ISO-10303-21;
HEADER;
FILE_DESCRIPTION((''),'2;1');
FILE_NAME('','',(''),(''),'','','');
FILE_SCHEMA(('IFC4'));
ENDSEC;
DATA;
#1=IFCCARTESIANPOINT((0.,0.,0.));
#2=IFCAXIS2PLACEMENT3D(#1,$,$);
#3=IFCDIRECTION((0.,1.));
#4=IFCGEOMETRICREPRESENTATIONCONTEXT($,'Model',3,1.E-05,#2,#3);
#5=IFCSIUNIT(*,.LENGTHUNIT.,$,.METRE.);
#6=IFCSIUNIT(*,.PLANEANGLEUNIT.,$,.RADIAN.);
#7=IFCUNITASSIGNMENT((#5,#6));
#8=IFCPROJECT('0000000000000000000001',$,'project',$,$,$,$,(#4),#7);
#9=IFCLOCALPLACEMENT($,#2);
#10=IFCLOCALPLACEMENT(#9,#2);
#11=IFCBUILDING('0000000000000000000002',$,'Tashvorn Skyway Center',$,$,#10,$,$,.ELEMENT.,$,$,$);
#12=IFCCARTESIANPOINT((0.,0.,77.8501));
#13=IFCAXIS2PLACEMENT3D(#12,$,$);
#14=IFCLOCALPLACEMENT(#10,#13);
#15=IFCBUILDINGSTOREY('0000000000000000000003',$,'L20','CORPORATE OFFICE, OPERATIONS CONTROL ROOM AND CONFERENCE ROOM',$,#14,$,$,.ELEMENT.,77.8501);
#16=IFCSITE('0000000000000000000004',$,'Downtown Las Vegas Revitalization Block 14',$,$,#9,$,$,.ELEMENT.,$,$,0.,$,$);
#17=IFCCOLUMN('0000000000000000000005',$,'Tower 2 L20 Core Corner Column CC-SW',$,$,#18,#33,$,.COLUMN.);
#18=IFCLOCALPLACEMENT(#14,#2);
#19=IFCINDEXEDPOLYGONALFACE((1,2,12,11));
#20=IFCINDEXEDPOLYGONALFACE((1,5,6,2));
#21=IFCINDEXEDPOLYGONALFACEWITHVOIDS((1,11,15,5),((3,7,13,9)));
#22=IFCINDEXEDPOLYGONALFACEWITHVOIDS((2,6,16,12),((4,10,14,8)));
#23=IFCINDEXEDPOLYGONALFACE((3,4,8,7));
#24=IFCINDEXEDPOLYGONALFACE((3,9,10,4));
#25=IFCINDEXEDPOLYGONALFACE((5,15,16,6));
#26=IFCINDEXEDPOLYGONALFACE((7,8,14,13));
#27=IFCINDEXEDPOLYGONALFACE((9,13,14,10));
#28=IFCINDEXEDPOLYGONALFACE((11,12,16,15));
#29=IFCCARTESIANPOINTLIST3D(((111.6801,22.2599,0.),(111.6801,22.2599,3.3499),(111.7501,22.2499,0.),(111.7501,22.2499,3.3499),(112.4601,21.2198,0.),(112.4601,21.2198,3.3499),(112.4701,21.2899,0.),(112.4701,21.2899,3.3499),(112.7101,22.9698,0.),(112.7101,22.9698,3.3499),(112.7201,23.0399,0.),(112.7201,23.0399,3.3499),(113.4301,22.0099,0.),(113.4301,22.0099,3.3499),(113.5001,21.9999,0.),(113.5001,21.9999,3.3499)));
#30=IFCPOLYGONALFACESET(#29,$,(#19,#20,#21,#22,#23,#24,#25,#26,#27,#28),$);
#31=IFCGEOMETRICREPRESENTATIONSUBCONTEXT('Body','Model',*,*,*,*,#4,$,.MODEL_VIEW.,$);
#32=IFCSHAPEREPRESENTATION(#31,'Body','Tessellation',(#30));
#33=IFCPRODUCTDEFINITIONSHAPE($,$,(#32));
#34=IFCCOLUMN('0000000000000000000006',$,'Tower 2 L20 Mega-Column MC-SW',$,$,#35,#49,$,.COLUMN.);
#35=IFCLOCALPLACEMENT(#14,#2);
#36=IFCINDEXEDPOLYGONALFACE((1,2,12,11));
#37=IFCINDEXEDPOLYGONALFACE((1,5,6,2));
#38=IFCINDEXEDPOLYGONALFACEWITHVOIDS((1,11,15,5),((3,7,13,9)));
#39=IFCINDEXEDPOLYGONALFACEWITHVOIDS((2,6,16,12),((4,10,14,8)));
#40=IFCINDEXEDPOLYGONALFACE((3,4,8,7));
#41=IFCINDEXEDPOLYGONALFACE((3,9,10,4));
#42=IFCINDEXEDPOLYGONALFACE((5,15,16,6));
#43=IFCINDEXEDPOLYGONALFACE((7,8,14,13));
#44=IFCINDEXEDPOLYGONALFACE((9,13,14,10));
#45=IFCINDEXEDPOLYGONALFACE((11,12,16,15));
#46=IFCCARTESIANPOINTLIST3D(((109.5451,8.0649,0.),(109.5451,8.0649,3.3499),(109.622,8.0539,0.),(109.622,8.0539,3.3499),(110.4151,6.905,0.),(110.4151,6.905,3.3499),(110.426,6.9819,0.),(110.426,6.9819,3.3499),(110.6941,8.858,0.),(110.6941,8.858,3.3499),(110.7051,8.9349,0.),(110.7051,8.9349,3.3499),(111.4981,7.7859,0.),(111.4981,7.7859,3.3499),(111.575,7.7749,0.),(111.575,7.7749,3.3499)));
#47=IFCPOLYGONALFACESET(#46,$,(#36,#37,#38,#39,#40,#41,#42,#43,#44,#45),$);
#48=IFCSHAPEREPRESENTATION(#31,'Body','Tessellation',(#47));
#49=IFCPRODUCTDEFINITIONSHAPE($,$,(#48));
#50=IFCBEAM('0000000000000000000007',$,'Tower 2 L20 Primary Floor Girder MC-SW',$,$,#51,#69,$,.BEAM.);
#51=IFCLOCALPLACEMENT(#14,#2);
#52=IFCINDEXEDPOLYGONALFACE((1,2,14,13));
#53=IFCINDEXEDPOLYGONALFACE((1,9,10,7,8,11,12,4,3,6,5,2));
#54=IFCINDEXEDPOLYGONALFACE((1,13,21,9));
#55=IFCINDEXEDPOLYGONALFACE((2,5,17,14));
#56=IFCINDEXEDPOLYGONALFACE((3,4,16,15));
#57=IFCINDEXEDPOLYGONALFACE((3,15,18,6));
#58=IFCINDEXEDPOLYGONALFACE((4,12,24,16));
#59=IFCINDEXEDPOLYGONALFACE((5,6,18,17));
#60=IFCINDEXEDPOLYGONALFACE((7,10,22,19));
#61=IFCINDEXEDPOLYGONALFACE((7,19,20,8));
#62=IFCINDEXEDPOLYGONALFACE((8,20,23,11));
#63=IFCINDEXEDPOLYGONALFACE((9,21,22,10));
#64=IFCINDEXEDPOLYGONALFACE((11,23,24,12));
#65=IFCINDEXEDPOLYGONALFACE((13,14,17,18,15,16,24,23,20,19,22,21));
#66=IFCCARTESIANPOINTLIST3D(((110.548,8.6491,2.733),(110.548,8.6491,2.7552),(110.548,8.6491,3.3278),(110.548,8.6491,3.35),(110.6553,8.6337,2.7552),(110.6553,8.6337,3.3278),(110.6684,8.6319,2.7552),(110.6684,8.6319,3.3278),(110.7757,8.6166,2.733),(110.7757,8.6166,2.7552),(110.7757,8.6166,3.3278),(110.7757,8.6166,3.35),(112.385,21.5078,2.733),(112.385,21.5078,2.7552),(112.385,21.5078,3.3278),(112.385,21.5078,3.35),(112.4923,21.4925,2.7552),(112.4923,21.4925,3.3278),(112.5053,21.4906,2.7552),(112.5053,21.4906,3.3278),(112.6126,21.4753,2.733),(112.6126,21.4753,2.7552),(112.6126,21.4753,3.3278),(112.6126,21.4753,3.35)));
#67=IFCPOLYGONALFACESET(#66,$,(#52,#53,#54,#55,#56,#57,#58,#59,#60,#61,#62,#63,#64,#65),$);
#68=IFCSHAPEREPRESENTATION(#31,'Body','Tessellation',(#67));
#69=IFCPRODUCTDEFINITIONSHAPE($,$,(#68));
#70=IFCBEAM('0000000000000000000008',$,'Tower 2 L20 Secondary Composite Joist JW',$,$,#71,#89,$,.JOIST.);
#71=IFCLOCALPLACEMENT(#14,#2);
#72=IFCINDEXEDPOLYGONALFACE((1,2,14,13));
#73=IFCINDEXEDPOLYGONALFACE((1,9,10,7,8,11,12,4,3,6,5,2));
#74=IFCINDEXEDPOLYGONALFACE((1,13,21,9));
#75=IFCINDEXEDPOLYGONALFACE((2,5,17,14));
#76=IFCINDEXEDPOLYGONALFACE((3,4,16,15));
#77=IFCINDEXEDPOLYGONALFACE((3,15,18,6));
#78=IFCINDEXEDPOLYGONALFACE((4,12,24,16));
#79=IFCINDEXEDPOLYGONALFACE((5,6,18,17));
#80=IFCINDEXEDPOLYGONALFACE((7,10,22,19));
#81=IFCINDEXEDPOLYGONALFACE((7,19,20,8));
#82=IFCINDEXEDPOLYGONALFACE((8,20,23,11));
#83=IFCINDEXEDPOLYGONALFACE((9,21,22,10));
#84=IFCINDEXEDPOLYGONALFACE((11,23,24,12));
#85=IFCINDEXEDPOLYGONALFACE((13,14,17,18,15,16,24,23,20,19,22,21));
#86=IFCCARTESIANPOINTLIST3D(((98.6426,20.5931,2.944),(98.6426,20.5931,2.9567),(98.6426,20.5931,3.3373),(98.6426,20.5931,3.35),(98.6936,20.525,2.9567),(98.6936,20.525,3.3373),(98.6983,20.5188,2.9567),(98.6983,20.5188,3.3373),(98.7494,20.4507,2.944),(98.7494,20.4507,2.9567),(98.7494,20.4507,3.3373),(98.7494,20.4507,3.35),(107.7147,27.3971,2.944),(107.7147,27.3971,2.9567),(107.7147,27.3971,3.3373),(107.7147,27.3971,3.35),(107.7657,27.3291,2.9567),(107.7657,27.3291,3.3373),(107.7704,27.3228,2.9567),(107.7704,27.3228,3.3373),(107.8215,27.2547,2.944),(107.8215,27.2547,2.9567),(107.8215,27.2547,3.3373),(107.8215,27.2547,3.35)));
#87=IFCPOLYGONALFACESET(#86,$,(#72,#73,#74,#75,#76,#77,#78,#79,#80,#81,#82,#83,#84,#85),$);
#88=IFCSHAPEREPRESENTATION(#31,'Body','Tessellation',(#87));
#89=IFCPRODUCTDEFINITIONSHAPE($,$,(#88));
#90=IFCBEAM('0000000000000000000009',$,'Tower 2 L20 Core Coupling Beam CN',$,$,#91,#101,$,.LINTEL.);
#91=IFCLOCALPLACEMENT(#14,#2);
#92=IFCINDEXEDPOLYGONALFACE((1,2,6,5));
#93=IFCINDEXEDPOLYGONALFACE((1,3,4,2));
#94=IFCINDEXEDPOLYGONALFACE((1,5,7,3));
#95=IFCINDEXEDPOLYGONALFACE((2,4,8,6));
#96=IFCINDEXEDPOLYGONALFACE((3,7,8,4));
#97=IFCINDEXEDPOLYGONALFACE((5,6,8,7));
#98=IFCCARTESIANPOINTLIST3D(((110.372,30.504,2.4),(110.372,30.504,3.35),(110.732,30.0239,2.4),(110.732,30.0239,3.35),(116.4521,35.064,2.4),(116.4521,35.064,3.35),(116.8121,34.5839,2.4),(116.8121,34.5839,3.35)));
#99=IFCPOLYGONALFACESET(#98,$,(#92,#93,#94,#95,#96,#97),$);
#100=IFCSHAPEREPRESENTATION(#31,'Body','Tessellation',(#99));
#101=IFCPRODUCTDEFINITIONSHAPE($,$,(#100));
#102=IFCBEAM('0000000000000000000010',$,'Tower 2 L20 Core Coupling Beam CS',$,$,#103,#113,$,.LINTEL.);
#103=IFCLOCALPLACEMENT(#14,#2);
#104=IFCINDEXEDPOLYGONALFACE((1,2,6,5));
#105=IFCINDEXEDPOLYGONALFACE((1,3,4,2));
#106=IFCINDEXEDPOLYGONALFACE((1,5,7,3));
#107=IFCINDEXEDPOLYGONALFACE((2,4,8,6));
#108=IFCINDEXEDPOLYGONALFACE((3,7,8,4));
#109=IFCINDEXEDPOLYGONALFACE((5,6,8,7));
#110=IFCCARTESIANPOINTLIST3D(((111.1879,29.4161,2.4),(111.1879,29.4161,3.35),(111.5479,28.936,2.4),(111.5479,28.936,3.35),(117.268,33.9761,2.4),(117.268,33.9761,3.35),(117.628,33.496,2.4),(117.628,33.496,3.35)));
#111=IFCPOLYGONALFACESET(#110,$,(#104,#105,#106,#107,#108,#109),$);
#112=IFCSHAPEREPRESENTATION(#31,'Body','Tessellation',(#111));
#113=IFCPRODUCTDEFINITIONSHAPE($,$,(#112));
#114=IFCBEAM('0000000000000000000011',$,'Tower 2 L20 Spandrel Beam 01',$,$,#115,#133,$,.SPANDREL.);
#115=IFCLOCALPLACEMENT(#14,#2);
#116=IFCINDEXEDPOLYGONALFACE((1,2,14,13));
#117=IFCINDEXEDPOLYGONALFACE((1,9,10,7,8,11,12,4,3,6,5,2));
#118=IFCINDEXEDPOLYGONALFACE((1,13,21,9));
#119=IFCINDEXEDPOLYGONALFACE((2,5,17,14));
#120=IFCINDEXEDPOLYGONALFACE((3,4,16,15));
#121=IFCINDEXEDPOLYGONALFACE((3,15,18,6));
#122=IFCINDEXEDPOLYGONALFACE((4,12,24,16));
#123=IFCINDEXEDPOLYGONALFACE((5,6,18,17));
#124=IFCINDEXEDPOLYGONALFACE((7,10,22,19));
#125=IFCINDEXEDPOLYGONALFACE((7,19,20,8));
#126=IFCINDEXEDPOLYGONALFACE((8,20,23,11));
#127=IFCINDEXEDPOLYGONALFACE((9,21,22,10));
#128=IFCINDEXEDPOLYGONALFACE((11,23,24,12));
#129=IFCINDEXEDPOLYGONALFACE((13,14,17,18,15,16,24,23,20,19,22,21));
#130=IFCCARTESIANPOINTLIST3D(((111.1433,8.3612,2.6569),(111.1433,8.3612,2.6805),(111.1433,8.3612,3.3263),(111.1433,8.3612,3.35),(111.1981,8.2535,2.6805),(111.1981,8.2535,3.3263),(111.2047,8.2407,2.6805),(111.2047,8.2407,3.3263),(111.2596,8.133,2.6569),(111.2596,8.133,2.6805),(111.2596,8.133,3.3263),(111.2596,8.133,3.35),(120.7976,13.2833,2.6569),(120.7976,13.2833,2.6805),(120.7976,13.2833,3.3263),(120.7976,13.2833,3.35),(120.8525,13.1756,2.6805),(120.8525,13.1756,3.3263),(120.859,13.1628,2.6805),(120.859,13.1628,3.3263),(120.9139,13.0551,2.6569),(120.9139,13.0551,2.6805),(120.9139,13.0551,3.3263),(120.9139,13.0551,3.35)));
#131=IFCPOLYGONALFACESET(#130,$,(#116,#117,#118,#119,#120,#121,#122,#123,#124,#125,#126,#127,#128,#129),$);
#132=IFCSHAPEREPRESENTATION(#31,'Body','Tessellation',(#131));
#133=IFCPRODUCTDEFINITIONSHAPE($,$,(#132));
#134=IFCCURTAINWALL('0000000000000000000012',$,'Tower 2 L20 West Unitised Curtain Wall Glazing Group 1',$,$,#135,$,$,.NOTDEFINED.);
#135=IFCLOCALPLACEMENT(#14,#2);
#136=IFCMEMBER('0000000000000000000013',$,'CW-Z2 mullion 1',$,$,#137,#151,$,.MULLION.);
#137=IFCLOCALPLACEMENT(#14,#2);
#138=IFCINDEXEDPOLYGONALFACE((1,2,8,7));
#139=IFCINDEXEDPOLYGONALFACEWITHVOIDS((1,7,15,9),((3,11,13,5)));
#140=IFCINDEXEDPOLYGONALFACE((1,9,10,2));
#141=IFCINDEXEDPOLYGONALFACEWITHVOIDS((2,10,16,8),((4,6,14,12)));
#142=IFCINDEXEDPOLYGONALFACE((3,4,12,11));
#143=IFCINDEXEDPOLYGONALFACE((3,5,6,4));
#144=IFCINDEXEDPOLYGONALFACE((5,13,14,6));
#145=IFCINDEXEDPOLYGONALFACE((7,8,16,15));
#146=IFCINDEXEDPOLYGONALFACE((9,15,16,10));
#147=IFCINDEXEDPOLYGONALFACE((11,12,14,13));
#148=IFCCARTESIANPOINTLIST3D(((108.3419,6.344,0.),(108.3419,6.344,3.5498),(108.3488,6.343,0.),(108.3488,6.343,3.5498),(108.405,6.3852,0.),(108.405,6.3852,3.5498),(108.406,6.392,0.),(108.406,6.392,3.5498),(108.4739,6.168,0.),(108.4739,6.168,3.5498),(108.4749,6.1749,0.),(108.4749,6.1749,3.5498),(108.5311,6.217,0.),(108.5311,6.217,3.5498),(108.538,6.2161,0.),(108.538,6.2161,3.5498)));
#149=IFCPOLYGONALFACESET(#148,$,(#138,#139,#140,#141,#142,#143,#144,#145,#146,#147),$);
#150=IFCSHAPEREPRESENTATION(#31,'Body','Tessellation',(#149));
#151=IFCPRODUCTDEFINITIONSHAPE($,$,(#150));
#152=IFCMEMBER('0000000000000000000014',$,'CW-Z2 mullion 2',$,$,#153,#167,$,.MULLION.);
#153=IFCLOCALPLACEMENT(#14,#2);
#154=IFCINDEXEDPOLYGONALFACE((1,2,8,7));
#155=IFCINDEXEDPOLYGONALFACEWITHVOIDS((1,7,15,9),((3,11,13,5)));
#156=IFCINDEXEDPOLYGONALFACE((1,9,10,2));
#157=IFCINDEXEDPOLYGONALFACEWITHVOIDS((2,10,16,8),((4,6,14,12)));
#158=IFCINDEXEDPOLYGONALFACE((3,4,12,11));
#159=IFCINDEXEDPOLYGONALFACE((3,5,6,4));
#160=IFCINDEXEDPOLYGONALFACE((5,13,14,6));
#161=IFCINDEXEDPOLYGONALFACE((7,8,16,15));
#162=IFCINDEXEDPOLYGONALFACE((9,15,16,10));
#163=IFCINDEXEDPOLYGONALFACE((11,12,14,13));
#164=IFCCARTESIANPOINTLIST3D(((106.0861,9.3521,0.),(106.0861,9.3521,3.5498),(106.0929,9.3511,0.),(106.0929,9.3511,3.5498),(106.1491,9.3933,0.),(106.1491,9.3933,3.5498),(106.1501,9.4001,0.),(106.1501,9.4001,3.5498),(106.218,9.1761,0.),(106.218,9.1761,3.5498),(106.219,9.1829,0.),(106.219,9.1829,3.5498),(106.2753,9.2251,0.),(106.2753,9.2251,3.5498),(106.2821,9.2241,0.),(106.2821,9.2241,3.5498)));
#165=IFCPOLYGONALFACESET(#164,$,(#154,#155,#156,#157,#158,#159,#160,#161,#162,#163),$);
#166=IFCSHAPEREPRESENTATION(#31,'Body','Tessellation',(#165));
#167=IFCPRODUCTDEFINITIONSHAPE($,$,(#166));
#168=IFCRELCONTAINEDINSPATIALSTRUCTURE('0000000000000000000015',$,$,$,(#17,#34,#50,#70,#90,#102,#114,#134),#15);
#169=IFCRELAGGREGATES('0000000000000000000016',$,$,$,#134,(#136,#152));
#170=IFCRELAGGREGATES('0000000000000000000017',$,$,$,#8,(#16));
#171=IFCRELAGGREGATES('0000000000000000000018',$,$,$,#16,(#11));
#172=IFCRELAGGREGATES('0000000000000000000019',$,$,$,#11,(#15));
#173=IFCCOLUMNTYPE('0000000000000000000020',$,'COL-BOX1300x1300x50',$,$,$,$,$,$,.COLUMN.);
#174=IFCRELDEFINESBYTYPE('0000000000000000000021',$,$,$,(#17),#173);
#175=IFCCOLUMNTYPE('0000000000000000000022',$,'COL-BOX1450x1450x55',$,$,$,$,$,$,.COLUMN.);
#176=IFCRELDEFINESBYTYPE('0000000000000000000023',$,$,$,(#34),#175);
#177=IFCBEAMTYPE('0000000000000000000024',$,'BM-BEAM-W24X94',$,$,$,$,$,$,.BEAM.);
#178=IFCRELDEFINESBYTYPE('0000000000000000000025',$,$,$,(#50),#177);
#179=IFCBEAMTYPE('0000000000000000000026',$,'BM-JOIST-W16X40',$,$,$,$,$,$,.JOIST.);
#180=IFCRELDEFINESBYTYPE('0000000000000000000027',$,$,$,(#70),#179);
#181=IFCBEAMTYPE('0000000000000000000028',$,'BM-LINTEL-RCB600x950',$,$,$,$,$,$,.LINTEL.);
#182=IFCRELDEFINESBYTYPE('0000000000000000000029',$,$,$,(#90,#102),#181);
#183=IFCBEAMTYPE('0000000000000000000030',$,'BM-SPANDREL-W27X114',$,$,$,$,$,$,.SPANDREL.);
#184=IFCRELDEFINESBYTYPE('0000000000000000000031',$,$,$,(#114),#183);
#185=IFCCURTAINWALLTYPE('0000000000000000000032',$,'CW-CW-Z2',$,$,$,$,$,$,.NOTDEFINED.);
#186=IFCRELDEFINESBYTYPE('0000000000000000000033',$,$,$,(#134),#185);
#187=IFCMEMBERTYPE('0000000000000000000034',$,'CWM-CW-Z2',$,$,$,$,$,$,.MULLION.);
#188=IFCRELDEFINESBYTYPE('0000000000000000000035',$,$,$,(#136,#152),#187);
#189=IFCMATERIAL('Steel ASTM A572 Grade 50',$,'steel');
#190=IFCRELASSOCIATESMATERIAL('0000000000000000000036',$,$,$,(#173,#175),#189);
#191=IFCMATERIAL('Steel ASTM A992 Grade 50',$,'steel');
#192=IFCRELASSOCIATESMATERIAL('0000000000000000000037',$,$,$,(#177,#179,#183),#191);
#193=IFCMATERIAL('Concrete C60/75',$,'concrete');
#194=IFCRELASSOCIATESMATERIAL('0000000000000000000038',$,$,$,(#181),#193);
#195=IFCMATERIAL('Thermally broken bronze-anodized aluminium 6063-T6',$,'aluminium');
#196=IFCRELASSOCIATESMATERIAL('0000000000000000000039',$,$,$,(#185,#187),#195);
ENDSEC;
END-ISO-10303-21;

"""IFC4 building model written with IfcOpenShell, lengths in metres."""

from ifc_helpers import new_model, si_unit, direction, frame, origin, origin_2d, place, context, subcontext, project, spatial, rectangle, hollow_rectangle, i_section, extrude, material, material_profile, profile_set, type_object, element, aggregate, save


model = new_model("IFC4")

# Units and contexts
model_context = context("Model", 3, precision=1e-05, world=origin(), true_north=direction((0.0, 1.0)))
body_context = subcontext(model_context, "Body", "Model", "MODEL_VIEW")
ifc_project = project(units=[si_unit("LENGTHUNIT", "METRE"), si_unit("PLANEANGLEUNIT", "RADIAN")], contexts=[model_context])

# Site, building, storey
site_placement = place(None, origin())
site = spatial("IfcSite", under=ifc_project, at=site_placement, Name="Downtown Las Vegas Revitalization Block 14", CompositionType="ELEMENT", RefElevation=0.0)
building_placement = place(site_placement, origin())
building = spatial("IfcBuilding", under=site, at=building_placement, Name="Tashvorn Skyway Center", CompositionType="ELEMENT")
storey_placement = place(building_placement, frame((0.0, 0.0, 77.8501)))
storey = spatial("IfcBuildingStorey", under=building, at=storey_placement, Name="L20", Description="CORPORATE OFFICE, OPERATIONS CONTROL ROOM AND CONFERENCE ROOM", CompositionType="ELEMENT", Elevation=77.8501)

# Columns
ifc_material_1 = material(Name="Steel ASTM A572 Grade 50", Category="steel")
ifc_material_profile_1 = material_profile(ifc_material_1, hollow_rectangle(XDim=1.3, YDim=1.3, WallThickness=0.05, at=origin_2d()), Name="BOX1300x1300x50")
ifc_profile_set_1 = profile_set([ifc_material_profile_1], Name="Steel ASTM A572 Grade 50")
column_type_1 = type_object("IfcColumnType", Name="COL-BOX1300x1300x50", PredefinedType="COLUMN", material=ifc_profile_set_1)
column_1_placement = place(storey_placement, frame((112.5901, 22.1299, 0.0), z_axis=(0.0, 0.0, 1.0), x_axis=(0.8, 0.6, 0.0)))
element("IfcColumn", 1, at=column_1_placement, inside=storey, type_object=column_type_1, Name="Tower 2 L20 Core Corner Column CC-SW", PredefinedType="COLUMN", context=body_context, shape_type="SweptSolid", body=[
    extrude(hollow_rectangle(XDim=1.3, YDim=1.3, WallThickness=0.05, at=origin_2d()), origin(), (0.0, 0.0, 1.0), 3.3499),
])
ifc_material_profile_2 = material_profile(ifc_material_1, hollow_rectangle(XDim=1.45, YDim=1.45, WallThickness=0.0549, at=origin_2d()), Name="BOX1450x1450x55")
ifc_profile_set_2 = profile_set([ifc_material_profile_2], Name="Steel ASTM A572 Grade 50")
column_type_2 = type_object("IfcColumnType", Name="COL-BOX1450x1450x55", PredefinedType="COLUMN", material=ifc_profile_set_2)
column_2_placement = place(storey_placement, frame((110.5601, 7.9199, 0.0), z_axis=(0.0, 0.0, 1.0), x_axis=(0.8, 0.6, 0.0)))
element("IfcColumn", 2, at=column_2_placement, inside=storey, type_object=column_type_2, Name="Tower 2 L20 Mega-Column MC-SW", PredefinedType="COLUMN", context=body_context, shape_type="SweptSolid", body=[
    extrude(hollow_rectangle(XDim=1.45, YDim=1.45, WallThickness=0.0549, at=origin_2d()), origin(), (0.0, 0.0, 1.0), 3.3499),
])

# Beams
ifc_material_2 = material(Name="Steel ASTM A992 Grade 50", Category="steel")
ifc_material_profile_3 = material_profile(ifc_material_2, i_section(OverallWidth=0.23, OverallDepth=0.6169, WebThickness=0.0132, FlangeThickness=0.0222, at=origin_2d()), Name="W24X94")
ifc_profile_set_3 = profile_set([ifc_material_profile_3], Name="Steel ASTM A992 Grade 50")
beam_type_1 = type_object("IfcBeamType", Name="BM-BEAM-W24X94", PredefinedType="BEAM", material=ifc_profile_set_3)
beam_1_placement = place(storey_placement, frame((110.6619, 8.6328, 3.0415), z_axis=(0.141419, 0.98995, 0.0), x_axis=(-0.98995, 0.141419, 0.0)))
element("IfcBeam", 3, at=beam_1_placement, inside=storey, type_object=beam_type_1, Name="Tower 2 L20 Primary Floor Girder MC-SW", PredefinedType="BEAM", context=body_context, shape_type="SweptSolid", body=[
    extrude(i_section(OverallWidth=0.23, OverallDepth=0.6169, WebThickness=0.0132, FlangeThickness=0.0222, at=origin_2d()), origin(), (0.0, 0.0, 1.0), 12.9893),
])
ifc_material_profile_4 = material_profile(ifc_material_2, i_section(OverallWidth=0.178, OverallDepth=0.406, WebThickness=0.0078, FlangeThickness=0.0127, at=origin_2d()), Name="W16X40")
ifc_profile_set_4 = profile_set([ifc_material_profile_4], Name="Steel ASTM A992 Grade 50")
beam_type_2 = type_object("IfcBeamType", Name="BM-JOIST-W16X40", PredefinedType="JOIST", material=ifc_profile_set_4)
beam_2_placement = place(storey_placement, frame((107.7681, 27.3259, 3.147), z_axis=(-0.800003, -0.599997, 0.0), x_axis=(0.599997, -0.800003, 0.0)))
element("IfcBeam", 4, at=beam_2_placement, inside=storey, type_object=beam_type_2, Name="Tower 2 L20 Secondary Composite Joist JW", PredefinedType="JOIST", context=body_context, shape_type="SweptSolid", body=[
    extrude(i_section(OverallWidth=0.178, OverallDepth=0.406, WebThickness=0.0078, FlangeThickness=0.0127, at=origin_2d()), origin(), (0.0, 0.0, 1.0), 11.3401),
])
ifc_material_3 = material(Name="Concrete C60/75", Category="concrete")
ifc_material_profile_5 = material_profile(ifc_material_3, rectangle(XDim=0.6001, YDim=0.95, at=origin_2d()), Name="RCB600x950")
ifc_profile_set_5 = profile_set([ifc_material_profile_5], Name="Concrete C60/75")
beam_type_3 = type_object("IfcBeamType", Name="BM-LINTEL-RCB600x950", PredefinedType="LINTEL", material=ifc_profile_set_5)
for number, where, z_axis, x_axis, name in (
    (5, (110.552, 30.2639, 2.875), (0.8, 0.6, 0.0), (-0.6, 0.8, 0.0), "Tower 2 L20 Core Coupling Beam CN"),
    (6, (111.3679, 29.176, 2.875), (0.8, 0.6, 0.0), (-0.6, 0.8, 0.0), "Tower 2 L20 Core Coupling Beam CS"),
):
    element("IfcBeam", number, at=place(storey_placement, frame(where, z_axis=z_axis, x_axis=x_axis)), inside=storey, type_object=beam_type_3, Name=name, PredefinedType="LINTEL", context=body_context, shape_type="SweptSolid", body=[
        extrude(rectangle(XDim=0.6001, YDim=0.95, at=origin_2d()), origin(), (0.0, 0.0, 1.0), 7.6001),
    ])
ifc_material_profile_6 = material_profile(ifc_material_2, i_section(OverallWidth=0.2561, OverallDepth=0.6931, WebThickness=0.0144, FlangeThickness=0.0237, at=origin_2d()), Name="W27X114")
ifc_profile_set_6 = profile_set([ifc_material_profile_6], Name="Steel ASTM A992 Grade 50")
beam_type_4 = type_object("IfcBeamType", Name="BM-SPANDREL-W27X114", PredefinedType="SPANDREL", material=ifc_profile_set_6)
beam_3_placement = place(storey_placement, frame((111.2014, 8.2471, 3.0034), z_axis=(0.890894, 0.454211, 0.0), x_axis=(-0.454211, 0.890894, 0.0)))
element("IfcBeam", 7, at=beam_3_placement, inside=storey, type_object=beam_type_4, Name="Tower 2 L20 Spandrel Beam 01", PredefinedType="SPANDREL", context=body_context, shape_type="SweptSolid", body=[
    extrude(i_section(OverallWidth=0.2561, OverallDepth=0.6931, WebThickness=0.0144, FlangeThickness=0.0237, at=origin_2d()), origin(), (0.0, 0.0, 1.0), 10.8367),
])

# Curtain wall, members
ifc_material_4 = material(Name="Thermally broken bronze-anodized aluminium 6063-T6", Category="aluminium")
curtain_wall_type = type_object("IfcCurtainWallType", Name="CW-CW-Z2", PredefinedType="NOTDEFINED", material=ifc_material_4)
curtain_wall_placement = place(storey_placement, origin())
curtain_wall = element("IfcCurtainWall", 8, at=curtain_wall_placement, inside=storey, type_object=curtain_wall_type, Name="Tower 2 L20 West Unitised Curtain Wall Glazing Group 1", PredefinedType="NOTDEFINED")
ifc_material_profile_7 = material_profile(ifc_material_4, hollow_rectangle(XDim=0.0801, YDim=0.22, WallThickness=0.0049, at=origin_2d()), Name="ALU-MULL-80x220")
ifc_profile_set_7 = profile_set([ifc_material_profile_7], Name="Thermally broken bronze-anodized aluminium 6063-T6")
member_type_1 = type_object("IfcMemberType", Name="CWM-CW-Z2", PredefinedType="MULLION", material=ifc_profile_set_7)
member_1_placement = place(storey_placement, frame((108.4399, 6.28, 0.0), z_axis=(0.0, 0.0, 1.0), x_axis=(-0.8, -0.6, 0.0)))
member_1 = element("IfcMember", 9, at=member_1_placement, type_object=member_type_1, Name="CW-Z2 mullion 1", PredefinedType="MULLION", context=body_context, shape_type="SweptSolid", body=[
    extrude(hollow_rectangle(XDim=0.0801, YDim=0.22, WallThickness=0.0049, at=origin_2d()), origin(), (0.0, 0.0, 1.0), 3.5498),
])
member_2_placement = place(storey_placement, frame((106.1841, 9.2881, 0.0), z_axis=(0.0, 0.0, 1.0), x_axis=(-0.8, -0.6, 0.0)))
member_2 = element("IfcMember", 10, at=member_2_placement, type_object=member_type_1, Name="CW-Z2 mullion 2", PredefinedType="MULLION", context=body_context, shape_type="SweptSolid", body=[
    extrude(hollow_rectangle(XDim=0.0801, YDim=0.22, WallThickness=0.0049, at=origin_2d()), origin(), (0.0, 0.0, 1.0), 3.5498),
])
aggregate(curtain_wall, [member_1, member_2])

save(model, "model.ifc")
